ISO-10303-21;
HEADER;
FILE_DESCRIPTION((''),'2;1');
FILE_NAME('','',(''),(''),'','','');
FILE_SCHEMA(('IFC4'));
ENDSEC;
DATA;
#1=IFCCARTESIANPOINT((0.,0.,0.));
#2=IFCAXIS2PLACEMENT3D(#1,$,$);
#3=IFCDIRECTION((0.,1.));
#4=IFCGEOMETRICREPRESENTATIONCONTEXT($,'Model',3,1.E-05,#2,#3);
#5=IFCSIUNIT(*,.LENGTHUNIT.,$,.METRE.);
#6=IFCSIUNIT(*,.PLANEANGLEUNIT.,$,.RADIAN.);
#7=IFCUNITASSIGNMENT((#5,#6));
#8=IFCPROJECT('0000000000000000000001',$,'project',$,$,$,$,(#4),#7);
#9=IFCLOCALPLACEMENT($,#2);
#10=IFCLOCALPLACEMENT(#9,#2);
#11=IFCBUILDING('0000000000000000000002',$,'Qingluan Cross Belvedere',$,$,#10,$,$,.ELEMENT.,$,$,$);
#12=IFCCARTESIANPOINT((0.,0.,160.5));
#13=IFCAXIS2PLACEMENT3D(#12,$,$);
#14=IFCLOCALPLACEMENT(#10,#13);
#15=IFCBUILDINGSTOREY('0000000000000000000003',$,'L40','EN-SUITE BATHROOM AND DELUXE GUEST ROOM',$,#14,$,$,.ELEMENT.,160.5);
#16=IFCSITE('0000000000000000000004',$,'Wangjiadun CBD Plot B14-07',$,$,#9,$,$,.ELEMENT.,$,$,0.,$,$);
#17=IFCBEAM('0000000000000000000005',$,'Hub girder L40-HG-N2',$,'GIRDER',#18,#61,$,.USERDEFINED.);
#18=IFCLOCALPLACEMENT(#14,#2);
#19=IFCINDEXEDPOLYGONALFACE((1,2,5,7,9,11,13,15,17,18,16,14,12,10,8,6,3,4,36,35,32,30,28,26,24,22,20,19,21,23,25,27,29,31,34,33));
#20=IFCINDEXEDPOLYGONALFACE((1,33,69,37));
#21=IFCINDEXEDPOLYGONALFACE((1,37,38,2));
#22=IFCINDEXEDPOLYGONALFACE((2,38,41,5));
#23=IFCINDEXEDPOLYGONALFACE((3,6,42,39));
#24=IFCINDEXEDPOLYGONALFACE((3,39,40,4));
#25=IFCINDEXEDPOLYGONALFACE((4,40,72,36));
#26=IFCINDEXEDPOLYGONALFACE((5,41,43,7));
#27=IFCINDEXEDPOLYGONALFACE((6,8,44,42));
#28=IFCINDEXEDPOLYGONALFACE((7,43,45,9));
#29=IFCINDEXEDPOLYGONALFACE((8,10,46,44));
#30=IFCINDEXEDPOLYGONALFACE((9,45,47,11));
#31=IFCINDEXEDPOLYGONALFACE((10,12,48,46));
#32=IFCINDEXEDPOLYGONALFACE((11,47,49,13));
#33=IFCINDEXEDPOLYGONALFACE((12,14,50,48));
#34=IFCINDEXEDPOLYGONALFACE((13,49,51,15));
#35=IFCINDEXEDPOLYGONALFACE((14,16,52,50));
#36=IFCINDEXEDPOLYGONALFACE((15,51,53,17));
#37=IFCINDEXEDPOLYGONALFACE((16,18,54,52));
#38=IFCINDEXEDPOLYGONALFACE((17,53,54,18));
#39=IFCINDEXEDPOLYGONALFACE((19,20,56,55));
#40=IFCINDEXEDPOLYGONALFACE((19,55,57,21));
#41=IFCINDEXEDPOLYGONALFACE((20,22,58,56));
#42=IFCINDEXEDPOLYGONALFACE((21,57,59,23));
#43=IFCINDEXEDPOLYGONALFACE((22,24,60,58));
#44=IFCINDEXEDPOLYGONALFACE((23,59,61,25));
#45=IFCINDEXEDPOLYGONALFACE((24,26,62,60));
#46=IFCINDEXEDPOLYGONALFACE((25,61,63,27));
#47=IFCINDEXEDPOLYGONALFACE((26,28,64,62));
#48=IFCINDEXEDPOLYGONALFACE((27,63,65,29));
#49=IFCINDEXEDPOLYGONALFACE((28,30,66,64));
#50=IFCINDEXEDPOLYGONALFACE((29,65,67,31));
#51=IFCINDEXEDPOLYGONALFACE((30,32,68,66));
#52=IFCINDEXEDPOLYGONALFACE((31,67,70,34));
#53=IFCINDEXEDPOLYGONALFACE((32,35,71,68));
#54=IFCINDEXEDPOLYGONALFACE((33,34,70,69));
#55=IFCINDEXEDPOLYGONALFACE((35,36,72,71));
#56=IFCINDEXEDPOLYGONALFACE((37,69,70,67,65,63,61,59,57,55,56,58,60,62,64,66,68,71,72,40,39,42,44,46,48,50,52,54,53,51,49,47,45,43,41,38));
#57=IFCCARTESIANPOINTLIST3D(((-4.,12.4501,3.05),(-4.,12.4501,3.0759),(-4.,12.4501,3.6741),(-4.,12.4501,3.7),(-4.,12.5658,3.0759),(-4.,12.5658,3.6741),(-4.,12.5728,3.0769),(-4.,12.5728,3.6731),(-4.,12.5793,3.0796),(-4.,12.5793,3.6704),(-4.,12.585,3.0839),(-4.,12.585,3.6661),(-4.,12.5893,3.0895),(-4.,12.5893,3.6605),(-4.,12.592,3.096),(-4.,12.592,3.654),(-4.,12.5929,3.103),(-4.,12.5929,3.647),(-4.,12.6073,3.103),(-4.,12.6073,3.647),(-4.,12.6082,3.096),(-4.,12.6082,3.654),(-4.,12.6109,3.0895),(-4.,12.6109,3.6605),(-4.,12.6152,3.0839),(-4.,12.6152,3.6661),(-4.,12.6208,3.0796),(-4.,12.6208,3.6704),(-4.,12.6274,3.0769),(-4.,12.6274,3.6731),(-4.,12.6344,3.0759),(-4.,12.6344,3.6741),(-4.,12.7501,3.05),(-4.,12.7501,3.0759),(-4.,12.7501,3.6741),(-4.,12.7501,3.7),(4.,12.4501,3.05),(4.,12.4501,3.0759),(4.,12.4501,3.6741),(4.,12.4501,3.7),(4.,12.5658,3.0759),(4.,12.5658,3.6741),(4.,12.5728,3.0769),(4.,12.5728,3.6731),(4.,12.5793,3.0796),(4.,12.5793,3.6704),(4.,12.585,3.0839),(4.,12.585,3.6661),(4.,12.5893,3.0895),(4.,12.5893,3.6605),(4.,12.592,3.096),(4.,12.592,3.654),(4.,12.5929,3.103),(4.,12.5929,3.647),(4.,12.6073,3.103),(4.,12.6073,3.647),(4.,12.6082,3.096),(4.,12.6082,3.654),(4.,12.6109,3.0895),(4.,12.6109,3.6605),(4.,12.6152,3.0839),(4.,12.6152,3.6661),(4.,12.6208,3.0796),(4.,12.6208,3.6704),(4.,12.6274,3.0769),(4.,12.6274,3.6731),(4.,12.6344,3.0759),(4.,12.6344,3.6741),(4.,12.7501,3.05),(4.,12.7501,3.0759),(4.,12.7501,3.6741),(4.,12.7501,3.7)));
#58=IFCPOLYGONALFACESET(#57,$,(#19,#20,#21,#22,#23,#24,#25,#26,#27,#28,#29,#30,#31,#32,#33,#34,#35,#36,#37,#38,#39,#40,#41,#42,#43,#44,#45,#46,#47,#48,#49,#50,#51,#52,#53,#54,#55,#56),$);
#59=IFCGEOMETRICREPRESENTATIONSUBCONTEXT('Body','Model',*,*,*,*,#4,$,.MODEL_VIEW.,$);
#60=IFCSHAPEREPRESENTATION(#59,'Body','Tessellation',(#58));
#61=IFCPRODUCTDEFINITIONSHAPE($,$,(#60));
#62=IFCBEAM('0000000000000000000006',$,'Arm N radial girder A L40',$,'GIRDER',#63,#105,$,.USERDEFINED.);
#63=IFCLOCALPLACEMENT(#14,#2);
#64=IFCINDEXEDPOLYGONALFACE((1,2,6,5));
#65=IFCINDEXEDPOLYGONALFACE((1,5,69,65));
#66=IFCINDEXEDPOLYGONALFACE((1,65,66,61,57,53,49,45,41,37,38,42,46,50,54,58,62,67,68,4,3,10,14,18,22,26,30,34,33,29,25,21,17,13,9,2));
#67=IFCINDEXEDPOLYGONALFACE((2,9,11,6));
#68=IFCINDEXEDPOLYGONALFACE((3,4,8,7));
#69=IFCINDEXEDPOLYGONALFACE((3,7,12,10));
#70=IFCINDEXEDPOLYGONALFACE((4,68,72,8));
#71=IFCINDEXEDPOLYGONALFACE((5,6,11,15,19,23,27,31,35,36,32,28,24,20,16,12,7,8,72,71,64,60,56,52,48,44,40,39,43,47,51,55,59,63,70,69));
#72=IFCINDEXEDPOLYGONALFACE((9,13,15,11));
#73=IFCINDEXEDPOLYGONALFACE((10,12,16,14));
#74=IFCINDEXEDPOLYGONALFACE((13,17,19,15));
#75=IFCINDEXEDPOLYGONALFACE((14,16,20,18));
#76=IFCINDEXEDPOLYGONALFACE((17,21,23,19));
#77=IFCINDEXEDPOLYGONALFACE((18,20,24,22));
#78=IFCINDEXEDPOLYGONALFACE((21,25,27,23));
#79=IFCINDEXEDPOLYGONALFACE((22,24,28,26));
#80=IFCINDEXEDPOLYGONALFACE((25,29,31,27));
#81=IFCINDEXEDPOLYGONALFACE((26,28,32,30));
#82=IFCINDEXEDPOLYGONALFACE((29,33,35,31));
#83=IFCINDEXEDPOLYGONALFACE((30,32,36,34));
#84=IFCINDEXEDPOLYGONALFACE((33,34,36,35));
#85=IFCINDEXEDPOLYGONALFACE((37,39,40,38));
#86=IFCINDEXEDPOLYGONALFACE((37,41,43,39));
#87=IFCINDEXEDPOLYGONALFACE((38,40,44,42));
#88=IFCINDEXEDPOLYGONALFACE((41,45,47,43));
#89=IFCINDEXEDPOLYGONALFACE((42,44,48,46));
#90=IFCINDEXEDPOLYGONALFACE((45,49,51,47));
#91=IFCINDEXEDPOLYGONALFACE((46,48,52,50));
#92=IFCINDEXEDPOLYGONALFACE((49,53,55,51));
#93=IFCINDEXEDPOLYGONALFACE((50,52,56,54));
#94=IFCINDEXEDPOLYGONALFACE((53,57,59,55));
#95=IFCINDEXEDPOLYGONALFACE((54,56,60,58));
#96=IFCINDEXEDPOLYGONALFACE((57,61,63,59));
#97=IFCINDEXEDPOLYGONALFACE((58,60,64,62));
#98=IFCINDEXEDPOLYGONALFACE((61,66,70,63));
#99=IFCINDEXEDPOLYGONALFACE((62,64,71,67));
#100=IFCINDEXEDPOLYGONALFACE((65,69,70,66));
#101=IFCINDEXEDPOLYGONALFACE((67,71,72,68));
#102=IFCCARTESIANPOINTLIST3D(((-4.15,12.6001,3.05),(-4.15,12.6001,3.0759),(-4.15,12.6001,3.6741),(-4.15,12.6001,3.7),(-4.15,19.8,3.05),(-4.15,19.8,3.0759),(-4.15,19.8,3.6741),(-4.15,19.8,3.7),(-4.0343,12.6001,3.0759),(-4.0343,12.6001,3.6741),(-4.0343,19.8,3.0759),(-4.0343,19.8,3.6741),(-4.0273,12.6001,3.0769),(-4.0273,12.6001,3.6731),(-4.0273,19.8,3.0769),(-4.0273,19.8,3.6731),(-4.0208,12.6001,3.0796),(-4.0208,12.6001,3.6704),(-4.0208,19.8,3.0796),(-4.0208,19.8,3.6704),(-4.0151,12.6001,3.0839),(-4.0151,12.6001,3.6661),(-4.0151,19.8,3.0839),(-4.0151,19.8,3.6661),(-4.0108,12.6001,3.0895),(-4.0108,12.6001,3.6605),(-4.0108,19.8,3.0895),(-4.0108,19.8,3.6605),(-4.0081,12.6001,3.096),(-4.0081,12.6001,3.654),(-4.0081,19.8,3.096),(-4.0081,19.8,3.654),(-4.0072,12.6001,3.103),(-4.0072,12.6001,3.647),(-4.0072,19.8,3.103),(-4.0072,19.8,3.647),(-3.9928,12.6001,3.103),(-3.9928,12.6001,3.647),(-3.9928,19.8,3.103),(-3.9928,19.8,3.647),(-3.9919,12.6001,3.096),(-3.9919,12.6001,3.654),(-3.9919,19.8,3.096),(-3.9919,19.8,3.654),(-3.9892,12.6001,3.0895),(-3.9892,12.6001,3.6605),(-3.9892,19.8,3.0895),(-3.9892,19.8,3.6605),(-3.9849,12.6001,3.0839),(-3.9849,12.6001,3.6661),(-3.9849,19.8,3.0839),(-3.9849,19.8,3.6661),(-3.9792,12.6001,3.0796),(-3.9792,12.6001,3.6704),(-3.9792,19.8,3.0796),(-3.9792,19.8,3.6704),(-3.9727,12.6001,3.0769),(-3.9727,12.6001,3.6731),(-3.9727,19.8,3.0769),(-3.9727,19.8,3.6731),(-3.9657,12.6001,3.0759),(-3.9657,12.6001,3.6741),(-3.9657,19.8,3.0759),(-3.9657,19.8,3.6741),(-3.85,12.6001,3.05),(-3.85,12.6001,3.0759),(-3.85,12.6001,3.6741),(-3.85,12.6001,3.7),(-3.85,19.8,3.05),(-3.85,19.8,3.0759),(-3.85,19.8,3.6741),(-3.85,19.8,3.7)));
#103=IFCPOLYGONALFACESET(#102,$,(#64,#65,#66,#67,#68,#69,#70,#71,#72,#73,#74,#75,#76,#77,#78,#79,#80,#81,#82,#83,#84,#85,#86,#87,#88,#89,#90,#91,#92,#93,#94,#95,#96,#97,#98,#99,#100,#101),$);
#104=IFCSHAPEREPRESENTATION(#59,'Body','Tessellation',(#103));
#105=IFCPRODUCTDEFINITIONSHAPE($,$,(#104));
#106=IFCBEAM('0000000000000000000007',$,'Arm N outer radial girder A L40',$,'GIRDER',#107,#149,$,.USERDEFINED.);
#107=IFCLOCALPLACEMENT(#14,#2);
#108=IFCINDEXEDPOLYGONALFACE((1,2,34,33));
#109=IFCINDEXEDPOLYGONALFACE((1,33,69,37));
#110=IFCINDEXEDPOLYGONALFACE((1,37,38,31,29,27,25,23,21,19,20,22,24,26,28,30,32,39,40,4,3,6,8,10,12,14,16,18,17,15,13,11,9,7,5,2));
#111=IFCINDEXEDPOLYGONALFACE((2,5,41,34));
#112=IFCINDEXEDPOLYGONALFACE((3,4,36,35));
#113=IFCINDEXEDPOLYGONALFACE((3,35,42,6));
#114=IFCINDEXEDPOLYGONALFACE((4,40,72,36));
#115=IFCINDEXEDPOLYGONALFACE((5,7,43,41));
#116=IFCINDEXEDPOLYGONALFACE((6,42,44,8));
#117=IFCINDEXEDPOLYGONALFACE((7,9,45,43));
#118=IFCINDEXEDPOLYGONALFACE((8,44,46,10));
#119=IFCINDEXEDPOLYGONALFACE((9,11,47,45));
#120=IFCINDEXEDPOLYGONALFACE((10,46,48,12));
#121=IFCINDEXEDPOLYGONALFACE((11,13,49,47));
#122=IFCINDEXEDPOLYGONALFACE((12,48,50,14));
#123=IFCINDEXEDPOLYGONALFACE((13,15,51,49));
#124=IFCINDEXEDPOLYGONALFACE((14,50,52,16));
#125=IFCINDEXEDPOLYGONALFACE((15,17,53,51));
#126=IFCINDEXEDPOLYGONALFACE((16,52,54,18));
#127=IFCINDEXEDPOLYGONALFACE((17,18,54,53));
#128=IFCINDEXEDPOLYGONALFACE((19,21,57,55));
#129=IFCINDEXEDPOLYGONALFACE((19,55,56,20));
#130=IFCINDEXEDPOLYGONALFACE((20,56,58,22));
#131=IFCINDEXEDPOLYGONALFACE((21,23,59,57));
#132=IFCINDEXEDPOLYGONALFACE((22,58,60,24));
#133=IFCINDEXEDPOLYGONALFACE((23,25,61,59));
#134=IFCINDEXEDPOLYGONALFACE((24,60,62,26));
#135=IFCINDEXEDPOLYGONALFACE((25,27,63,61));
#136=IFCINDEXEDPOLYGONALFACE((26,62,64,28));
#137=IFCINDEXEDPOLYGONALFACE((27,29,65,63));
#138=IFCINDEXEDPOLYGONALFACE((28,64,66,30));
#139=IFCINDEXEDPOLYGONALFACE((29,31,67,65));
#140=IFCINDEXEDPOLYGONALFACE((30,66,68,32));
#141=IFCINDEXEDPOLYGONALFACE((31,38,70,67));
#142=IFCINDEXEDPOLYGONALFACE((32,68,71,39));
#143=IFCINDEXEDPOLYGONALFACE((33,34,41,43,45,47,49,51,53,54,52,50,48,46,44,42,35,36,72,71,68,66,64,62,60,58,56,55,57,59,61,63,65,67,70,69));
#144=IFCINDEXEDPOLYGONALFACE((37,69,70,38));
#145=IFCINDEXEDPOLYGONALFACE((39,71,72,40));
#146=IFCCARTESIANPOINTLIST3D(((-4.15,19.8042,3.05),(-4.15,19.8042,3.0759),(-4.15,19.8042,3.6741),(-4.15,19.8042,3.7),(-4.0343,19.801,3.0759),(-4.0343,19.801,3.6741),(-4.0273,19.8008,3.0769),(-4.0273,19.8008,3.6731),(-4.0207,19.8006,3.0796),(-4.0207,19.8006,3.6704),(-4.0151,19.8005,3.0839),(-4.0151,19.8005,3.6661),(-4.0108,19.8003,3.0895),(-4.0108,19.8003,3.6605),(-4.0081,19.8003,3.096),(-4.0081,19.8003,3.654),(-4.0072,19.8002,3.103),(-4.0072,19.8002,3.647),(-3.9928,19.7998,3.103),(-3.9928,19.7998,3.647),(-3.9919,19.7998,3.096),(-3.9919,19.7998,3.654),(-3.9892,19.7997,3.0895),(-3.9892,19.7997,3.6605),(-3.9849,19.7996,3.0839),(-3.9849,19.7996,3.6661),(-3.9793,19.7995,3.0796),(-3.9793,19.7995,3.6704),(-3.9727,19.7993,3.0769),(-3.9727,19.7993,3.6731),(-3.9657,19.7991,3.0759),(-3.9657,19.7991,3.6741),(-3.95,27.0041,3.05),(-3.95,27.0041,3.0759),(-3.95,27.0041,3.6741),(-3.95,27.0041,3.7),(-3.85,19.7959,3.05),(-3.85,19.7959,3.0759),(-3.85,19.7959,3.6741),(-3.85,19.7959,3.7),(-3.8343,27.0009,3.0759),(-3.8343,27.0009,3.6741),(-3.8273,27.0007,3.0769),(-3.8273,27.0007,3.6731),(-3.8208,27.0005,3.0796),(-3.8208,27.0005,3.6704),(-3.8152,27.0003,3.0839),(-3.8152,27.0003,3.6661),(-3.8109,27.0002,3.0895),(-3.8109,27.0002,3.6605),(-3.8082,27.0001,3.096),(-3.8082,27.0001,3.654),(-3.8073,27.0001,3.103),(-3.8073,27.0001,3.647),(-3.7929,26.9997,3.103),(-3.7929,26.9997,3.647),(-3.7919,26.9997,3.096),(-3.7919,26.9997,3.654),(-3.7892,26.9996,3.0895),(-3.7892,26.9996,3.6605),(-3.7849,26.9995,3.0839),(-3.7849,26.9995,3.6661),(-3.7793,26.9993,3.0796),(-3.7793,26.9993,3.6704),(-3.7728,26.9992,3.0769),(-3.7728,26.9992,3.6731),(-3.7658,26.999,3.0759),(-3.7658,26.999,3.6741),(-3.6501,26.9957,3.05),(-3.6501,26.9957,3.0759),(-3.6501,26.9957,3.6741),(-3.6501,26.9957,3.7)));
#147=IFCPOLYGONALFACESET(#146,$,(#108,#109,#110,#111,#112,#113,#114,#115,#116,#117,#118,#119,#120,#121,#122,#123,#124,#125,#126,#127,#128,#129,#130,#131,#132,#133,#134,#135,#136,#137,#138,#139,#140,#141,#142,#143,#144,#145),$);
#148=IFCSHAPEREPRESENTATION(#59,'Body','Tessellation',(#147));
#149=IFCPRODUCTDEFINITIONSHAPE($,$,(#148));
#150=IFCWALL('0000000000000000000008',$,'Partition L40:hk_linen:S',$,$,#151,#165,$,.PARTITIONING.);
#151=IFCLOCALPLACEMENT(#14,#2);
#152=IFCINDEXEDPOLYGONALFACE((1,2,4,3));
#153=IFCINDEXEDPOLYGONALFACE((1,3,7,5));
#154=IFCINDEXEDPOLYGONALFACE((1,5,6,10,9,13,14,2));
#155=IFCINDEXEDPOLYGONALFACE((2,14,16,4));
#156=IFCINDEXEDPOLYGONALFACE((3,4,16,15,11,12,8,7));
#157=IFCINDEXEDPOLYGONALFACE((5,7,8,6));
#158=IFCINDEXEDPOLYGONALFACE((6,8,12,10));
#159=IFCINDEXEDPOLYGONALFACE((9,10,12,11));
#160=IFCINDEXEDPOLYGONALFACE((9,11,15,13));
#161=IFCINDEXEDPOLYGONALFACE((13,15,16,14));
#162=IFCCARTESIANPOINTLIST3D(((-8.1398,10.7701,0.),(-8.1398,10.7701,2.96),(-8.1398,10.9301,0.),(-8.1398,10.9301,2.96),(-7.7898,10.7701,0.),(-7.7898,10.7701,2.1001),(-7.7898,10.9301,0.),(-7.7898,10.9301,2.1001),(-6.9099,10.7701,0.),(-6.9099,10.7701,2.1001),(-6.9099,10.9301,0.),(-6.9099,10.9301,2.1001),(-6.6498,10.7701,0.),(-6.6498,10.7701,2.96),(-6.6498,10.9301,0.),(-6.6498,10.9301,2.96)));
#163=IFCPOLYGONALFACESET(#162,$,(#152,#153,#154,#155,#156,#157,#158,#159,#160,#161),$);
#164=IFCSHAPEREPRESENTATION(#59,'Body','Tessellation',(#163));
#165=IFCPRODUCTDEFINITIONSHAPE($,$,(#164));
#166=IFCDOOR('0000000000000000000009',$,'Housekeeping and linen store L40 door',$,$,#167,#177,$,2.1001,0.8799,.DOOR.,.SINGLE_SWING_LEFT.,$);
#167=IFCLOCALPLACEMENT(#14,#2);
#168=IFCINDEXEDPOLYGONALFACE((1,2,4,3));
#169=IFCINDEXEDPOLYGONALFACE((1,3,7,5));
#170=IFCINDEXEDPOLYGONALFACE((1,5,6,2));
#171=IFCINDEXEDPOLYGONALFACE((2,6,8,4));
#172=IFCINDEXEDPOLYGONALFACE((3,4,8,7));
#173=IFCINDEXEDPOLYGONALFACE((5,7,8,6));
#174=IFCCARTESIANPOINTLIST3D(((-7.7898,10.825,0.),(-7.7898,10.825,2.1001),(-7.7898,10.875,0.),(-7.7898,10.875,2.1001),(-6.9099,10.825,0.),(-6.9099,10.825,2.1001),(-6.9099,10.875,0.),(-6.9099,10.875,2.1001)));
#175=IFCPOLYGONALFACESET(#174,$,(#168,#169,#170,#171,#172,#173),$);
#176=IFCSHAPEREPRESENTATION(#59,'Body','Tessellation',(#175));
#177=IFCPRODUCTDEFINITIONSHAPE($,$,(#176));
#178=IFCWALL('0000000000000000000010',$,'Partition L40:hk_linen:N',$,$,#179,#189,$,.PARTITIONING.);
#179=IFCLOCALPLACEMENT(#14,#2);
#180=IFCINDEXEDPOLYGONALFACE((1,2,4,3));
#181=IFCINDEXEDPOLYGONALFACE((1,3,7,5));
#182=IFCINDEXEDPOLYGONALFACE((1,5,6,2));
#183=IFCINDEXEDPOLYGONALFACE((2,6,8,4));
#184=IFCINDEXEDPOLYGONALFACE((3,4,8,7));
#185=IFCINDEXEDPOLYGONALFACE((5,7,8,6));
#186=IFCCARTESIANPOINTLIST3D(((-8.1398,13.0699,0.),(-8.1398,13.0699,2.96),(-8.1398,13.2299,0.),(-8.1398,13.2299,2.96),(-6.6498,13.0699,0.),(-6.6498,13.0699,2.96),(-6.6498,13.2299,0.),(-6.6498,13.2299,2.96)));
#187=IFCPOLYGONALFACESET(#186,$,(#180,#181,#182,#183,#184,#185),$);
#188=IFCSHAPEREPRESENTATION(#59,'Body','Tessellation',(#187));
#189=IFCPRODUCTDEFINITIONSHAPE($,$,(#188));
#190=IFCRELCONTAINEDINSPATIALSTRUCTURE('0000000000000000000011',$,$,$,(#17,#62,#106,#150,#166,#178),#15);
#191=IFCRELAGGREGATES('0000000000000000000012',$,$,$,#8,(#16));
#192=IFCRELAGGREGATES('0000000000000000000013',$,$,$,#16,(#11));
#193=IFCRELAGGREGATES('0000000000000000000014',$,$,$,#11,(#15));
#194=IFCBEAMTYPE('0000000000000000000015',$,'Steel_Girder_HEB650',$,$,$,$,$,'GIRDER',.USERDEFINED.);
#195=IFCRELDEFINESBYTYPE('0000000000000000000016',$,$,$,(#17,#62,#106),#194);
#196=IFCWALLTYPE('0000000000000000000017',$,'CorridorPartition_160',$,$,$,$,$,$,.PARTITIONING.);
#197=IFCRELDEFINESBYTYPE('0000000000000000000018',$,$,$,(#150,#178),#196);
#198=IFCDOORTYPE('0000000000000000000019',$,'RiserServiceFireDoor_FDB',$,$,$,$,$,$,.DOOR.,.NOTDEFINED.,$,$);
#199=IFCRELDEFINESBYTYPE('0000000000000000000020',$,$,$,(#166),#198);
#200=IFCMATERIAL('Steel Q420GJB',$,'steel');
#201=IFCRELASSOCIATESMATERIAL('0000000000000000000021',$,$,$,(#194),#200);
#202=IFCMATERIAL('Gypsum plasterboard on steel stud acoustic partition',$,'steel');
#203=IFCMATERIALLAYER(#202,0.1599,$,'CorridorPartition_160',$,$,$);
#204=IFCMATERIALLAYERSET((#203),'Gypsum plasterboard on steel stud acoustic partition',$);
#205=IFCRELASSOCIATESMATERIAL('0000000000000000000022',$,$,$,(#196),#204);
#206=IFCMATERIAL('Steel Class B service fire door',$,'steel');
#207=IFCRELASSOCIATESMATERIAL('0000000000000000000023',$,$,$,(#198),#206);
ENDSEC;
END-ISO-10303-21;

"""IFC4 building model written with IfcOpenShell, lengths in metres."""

from ifc_helpers import new_model, si_unit, direction, frame, frame_2d, origin, origin_2d, place, context, subcontext, project, spatial, rectangle, i_section, extrude, material, layer, layer_set, material_profile, profile_set, type_object, element, fill, save


model = new_model("IFC4")

# Units and contexts
model_context = context("Model", 3, precision=1e-05, world=origin(), true_north=direction((0.0, 1.0)))
body_context = subcontext(model_context, "Body", "Model", "MODEL_VIEW")
ifc_project = project(units=[si_unit("LENGTHUNIT", "METRE"), si_unit("PLANEANGLEUNIT", "RADIAN")], contexts=[model_context])

# Site, building, storey
site_placement = place(None, origin())
site = spatial("IfcSite", under=ifc_project, at=site_placement, Name="Wangjiadun CBD Plot B14-07", CompositionType="ELEMENT", RefElevation=0.0)
building_placement = place(site_placement, origin())
building = spatial("IfcBuilding", under=site, at=building_placement, Name="Qingluan Cross Belvedere", CompositionType="ELEMENT")
storey_placement = place(building_placement, frame((0.0, 0.0, 160.5)))
storey = spatial("IfcBuildingStorey", under=building, at=storey_placement, Name="L40", Description="EN-SUITE BATHROOM AND DELUXE GUEST ROOM", CompositionType="ELEMENT", Elevation=160.5)

# Beams
ifc_material_1 = material(Name="Steel Q420GJB", Category="steel")
ifc_material_profile_1 = material_profile(ifc_material_1, i_section(OverallWidth=0.3, OverallDepth=0.6499, WebThickness=0.0144, FlangeThickness=0.0259, FilletRadius=0.0271, at=origin_2d()), Name="HEB650")
ifc_profile_set_1 = profile_set([ifc_material_profile_1], Name="Steel Q420GJB")
beam_type_1 = type_object("IfcBeamType", Name="Steel_Girder_HEB650", ElementType="GIRDER", PredefinedType="USERDEFINED", material=ifc_profile_set_1)
beam_1_placement = place(storey_placement, frame((-4.0, 12.6001, 3.375), z_axis=(1.0, 0.0, 0.0), x_axis=(0.0, 1.0, 0.0)))
element("IfcBeam", 1, at=beam_1_placement, inside=storey, type_object=beam_type_1, Name="Hub girder L40-HG-N2", ObjectType="GIRDER", PredefinedType="USERDEFINED", context=body_context, shape_type="SweptSolid", body=[
    extrude(i_section(OverallWidth=0.3, OverallDepth=0.6499, WebThickness=0.0144, FlangeThickness=0.0259, FilletRadius=0.0271, at=origin_2d()), origin(), (0.0, 0.0, 1.0), 8.0),
])
beam_2_placement = place(storey_placement, frame((-4.0, 12.6001, 3.375), z_axis=(0.0, 1.0, 0.0), x_axis=(-1.0, 0.0, 0.0)))
element("IfcBeam", 2, at=beam_2_placement, inside=storey, type_object=beam_type_1, Name="Arm N radial girder A L40", ObjectType="GIRDER", PredefinedType="USERDEFINED", context=body_context, shape_type="SweptSolid", body=[
    extrude(i_section(OverallWidth=0.3, OverallDepth=0.6499, WebThickness=0.0144, FlangeThickness=0.0259, FilletRadius=0.0271, at=origin_2d()), origin(), (0.0, 0.0, 1.0), 7.2),
])
beam_3_placement = place(storey_placement, frame((-4.0, 19.8, 3.375), z_axis=(0.02776, 0.999615, 0.0), x_axis=(-0.999615, 0.02776, 0.0)))
element("IfcBeam", 3, at=beam_3_placement, inside=storey, type_object=beam_type_1, Name="Arm N outer radial girder A L40", ObjectType="GIRDER", PredefinedType="USERDEFINED", context=body_context, shape_type="SweptSolid", body=[
    extrude(i_section(OverallWidth=0.3, OverallDepth=0.6499, WebThickness=0.0144, FlangeThickness=0.0259, FilletRadius=0.0271, at=origin_2d()), origin(), (0.0, 0.0, 1.0), 7.2026),
])

# Wall, opening, door
ifc_material_2 = material(Name="Gypsum plasterboard on steel stud acoustic partition", Category="steel")
ifc_layer_1 = layer(ifc_material_2, 0.1599, Name="CorridorPartition_160")
ifc_layer_set_1 = layer_set([ifc_layer_1], Name="Gypsum plasterboard on steel stud acoustic partition")
wall_type_1 = type_object("IfcWallType", Name="CorridorPartition_160", PredefinedType="PARTITIONING", material=ifc_layer_set_1)
wall_1_placement = place(storey_placement, frame((-8.1399, 10.8501, 0.0), z_axis=(0.0, 0.0, 1.0), x_axis=(1.0, 0.0, 0.0)))
wall_1 = element("IfcWall", 4, at=wall_1_placement, inside=storey, type_object=wall_type_1, Name="Partition L40:hk_linen:S", PredefinedType="PARTITIONING", context=body_context, shape_type="SweptSolid", body=[
    extrude(rectangle(XDim=1.49, YDim=0.1599, at=frame_2d((0.7451, 0.0))), origin(), (0.0, 0.0, 1.0), 2.96),
])
opening_1_placement = place(wall_1_placement, frame((0.3501, 0.0, 0.0)))
opening_1 = element("IfcOpeningElement", 5, at=opening_1_placement, cuts=wall_1, PredefinedType="OPENING", context=body_context, shape_type="SweptSolid", body=[
    extrude(rectangle(XDim=0.8799, YDim=2.1001, at=frame_2d((0.4399, 1.05))), frame((0.0, 0.0898, 0.0), z_axis=(0.0, -1.0, 0.0), x_axis=(1.0, 0.0, 0.0)), (0.0, 0.0, 1.0), 0.1799),
])
ifc_material_3 = material(Name="Steel Class B service fire door", Category="steel")
door_type_1 = type_object("IfcDoorType", Name="RiserServiceFireDoor_FDB", OperationType="NOTDEFINED", PredefinedType="DOOR", material=ifc_material_3)
door_1_placement = place(opening_1_placement, origin())
door_1 = element("IfcDoor", 6, at=door_1_placement, inside=storey, type_object=door_type_1, Name="Housekeeping and linen store L40 door", OperationType="SINGLE_SWING_LEFT", OverallHeight=2.1001, OverallWidth=0.8799, PredefinedType="DOOR", context=body_context, shape_type="SweptSolid", body=[
    extrude(rectangle(XDim=0.8799, YDim=2.1001, at=frame_2d((0.4399, 1.05))), frame((0.0, 0.0249, 0.0), z_axis=(0.0, -1.0, 0.0), x_axis=(1.0, 0.0, 0.0)), (0.0, 0.0, 1.0), 0.05),
])
fill(opening_1, door_1)

# Wall
wall_2_placement = place(storey_placement, frame((-8.1399, 13.1499, 0.0), z_axis=(0.0, 0.0, 1.0), x_axis=(1.0, 0.0, 0.0)))
element("IfcWall", 7, at=wall_2_placement, inside=storey, type_object=wall_type_1, Name="Partition L40:hk_linen:N", PredefinedType="PARTITIONING", context=body_context, shape_type="SweptSolid", body=[
    extrude(rectangle(XDim=1.49, YDim=0.1599, at=frame_2d((0.7451, 0.0))), origin(), (0.0, 0.0, 1.0), 2.96),
])

save(model, "model.ifc")
